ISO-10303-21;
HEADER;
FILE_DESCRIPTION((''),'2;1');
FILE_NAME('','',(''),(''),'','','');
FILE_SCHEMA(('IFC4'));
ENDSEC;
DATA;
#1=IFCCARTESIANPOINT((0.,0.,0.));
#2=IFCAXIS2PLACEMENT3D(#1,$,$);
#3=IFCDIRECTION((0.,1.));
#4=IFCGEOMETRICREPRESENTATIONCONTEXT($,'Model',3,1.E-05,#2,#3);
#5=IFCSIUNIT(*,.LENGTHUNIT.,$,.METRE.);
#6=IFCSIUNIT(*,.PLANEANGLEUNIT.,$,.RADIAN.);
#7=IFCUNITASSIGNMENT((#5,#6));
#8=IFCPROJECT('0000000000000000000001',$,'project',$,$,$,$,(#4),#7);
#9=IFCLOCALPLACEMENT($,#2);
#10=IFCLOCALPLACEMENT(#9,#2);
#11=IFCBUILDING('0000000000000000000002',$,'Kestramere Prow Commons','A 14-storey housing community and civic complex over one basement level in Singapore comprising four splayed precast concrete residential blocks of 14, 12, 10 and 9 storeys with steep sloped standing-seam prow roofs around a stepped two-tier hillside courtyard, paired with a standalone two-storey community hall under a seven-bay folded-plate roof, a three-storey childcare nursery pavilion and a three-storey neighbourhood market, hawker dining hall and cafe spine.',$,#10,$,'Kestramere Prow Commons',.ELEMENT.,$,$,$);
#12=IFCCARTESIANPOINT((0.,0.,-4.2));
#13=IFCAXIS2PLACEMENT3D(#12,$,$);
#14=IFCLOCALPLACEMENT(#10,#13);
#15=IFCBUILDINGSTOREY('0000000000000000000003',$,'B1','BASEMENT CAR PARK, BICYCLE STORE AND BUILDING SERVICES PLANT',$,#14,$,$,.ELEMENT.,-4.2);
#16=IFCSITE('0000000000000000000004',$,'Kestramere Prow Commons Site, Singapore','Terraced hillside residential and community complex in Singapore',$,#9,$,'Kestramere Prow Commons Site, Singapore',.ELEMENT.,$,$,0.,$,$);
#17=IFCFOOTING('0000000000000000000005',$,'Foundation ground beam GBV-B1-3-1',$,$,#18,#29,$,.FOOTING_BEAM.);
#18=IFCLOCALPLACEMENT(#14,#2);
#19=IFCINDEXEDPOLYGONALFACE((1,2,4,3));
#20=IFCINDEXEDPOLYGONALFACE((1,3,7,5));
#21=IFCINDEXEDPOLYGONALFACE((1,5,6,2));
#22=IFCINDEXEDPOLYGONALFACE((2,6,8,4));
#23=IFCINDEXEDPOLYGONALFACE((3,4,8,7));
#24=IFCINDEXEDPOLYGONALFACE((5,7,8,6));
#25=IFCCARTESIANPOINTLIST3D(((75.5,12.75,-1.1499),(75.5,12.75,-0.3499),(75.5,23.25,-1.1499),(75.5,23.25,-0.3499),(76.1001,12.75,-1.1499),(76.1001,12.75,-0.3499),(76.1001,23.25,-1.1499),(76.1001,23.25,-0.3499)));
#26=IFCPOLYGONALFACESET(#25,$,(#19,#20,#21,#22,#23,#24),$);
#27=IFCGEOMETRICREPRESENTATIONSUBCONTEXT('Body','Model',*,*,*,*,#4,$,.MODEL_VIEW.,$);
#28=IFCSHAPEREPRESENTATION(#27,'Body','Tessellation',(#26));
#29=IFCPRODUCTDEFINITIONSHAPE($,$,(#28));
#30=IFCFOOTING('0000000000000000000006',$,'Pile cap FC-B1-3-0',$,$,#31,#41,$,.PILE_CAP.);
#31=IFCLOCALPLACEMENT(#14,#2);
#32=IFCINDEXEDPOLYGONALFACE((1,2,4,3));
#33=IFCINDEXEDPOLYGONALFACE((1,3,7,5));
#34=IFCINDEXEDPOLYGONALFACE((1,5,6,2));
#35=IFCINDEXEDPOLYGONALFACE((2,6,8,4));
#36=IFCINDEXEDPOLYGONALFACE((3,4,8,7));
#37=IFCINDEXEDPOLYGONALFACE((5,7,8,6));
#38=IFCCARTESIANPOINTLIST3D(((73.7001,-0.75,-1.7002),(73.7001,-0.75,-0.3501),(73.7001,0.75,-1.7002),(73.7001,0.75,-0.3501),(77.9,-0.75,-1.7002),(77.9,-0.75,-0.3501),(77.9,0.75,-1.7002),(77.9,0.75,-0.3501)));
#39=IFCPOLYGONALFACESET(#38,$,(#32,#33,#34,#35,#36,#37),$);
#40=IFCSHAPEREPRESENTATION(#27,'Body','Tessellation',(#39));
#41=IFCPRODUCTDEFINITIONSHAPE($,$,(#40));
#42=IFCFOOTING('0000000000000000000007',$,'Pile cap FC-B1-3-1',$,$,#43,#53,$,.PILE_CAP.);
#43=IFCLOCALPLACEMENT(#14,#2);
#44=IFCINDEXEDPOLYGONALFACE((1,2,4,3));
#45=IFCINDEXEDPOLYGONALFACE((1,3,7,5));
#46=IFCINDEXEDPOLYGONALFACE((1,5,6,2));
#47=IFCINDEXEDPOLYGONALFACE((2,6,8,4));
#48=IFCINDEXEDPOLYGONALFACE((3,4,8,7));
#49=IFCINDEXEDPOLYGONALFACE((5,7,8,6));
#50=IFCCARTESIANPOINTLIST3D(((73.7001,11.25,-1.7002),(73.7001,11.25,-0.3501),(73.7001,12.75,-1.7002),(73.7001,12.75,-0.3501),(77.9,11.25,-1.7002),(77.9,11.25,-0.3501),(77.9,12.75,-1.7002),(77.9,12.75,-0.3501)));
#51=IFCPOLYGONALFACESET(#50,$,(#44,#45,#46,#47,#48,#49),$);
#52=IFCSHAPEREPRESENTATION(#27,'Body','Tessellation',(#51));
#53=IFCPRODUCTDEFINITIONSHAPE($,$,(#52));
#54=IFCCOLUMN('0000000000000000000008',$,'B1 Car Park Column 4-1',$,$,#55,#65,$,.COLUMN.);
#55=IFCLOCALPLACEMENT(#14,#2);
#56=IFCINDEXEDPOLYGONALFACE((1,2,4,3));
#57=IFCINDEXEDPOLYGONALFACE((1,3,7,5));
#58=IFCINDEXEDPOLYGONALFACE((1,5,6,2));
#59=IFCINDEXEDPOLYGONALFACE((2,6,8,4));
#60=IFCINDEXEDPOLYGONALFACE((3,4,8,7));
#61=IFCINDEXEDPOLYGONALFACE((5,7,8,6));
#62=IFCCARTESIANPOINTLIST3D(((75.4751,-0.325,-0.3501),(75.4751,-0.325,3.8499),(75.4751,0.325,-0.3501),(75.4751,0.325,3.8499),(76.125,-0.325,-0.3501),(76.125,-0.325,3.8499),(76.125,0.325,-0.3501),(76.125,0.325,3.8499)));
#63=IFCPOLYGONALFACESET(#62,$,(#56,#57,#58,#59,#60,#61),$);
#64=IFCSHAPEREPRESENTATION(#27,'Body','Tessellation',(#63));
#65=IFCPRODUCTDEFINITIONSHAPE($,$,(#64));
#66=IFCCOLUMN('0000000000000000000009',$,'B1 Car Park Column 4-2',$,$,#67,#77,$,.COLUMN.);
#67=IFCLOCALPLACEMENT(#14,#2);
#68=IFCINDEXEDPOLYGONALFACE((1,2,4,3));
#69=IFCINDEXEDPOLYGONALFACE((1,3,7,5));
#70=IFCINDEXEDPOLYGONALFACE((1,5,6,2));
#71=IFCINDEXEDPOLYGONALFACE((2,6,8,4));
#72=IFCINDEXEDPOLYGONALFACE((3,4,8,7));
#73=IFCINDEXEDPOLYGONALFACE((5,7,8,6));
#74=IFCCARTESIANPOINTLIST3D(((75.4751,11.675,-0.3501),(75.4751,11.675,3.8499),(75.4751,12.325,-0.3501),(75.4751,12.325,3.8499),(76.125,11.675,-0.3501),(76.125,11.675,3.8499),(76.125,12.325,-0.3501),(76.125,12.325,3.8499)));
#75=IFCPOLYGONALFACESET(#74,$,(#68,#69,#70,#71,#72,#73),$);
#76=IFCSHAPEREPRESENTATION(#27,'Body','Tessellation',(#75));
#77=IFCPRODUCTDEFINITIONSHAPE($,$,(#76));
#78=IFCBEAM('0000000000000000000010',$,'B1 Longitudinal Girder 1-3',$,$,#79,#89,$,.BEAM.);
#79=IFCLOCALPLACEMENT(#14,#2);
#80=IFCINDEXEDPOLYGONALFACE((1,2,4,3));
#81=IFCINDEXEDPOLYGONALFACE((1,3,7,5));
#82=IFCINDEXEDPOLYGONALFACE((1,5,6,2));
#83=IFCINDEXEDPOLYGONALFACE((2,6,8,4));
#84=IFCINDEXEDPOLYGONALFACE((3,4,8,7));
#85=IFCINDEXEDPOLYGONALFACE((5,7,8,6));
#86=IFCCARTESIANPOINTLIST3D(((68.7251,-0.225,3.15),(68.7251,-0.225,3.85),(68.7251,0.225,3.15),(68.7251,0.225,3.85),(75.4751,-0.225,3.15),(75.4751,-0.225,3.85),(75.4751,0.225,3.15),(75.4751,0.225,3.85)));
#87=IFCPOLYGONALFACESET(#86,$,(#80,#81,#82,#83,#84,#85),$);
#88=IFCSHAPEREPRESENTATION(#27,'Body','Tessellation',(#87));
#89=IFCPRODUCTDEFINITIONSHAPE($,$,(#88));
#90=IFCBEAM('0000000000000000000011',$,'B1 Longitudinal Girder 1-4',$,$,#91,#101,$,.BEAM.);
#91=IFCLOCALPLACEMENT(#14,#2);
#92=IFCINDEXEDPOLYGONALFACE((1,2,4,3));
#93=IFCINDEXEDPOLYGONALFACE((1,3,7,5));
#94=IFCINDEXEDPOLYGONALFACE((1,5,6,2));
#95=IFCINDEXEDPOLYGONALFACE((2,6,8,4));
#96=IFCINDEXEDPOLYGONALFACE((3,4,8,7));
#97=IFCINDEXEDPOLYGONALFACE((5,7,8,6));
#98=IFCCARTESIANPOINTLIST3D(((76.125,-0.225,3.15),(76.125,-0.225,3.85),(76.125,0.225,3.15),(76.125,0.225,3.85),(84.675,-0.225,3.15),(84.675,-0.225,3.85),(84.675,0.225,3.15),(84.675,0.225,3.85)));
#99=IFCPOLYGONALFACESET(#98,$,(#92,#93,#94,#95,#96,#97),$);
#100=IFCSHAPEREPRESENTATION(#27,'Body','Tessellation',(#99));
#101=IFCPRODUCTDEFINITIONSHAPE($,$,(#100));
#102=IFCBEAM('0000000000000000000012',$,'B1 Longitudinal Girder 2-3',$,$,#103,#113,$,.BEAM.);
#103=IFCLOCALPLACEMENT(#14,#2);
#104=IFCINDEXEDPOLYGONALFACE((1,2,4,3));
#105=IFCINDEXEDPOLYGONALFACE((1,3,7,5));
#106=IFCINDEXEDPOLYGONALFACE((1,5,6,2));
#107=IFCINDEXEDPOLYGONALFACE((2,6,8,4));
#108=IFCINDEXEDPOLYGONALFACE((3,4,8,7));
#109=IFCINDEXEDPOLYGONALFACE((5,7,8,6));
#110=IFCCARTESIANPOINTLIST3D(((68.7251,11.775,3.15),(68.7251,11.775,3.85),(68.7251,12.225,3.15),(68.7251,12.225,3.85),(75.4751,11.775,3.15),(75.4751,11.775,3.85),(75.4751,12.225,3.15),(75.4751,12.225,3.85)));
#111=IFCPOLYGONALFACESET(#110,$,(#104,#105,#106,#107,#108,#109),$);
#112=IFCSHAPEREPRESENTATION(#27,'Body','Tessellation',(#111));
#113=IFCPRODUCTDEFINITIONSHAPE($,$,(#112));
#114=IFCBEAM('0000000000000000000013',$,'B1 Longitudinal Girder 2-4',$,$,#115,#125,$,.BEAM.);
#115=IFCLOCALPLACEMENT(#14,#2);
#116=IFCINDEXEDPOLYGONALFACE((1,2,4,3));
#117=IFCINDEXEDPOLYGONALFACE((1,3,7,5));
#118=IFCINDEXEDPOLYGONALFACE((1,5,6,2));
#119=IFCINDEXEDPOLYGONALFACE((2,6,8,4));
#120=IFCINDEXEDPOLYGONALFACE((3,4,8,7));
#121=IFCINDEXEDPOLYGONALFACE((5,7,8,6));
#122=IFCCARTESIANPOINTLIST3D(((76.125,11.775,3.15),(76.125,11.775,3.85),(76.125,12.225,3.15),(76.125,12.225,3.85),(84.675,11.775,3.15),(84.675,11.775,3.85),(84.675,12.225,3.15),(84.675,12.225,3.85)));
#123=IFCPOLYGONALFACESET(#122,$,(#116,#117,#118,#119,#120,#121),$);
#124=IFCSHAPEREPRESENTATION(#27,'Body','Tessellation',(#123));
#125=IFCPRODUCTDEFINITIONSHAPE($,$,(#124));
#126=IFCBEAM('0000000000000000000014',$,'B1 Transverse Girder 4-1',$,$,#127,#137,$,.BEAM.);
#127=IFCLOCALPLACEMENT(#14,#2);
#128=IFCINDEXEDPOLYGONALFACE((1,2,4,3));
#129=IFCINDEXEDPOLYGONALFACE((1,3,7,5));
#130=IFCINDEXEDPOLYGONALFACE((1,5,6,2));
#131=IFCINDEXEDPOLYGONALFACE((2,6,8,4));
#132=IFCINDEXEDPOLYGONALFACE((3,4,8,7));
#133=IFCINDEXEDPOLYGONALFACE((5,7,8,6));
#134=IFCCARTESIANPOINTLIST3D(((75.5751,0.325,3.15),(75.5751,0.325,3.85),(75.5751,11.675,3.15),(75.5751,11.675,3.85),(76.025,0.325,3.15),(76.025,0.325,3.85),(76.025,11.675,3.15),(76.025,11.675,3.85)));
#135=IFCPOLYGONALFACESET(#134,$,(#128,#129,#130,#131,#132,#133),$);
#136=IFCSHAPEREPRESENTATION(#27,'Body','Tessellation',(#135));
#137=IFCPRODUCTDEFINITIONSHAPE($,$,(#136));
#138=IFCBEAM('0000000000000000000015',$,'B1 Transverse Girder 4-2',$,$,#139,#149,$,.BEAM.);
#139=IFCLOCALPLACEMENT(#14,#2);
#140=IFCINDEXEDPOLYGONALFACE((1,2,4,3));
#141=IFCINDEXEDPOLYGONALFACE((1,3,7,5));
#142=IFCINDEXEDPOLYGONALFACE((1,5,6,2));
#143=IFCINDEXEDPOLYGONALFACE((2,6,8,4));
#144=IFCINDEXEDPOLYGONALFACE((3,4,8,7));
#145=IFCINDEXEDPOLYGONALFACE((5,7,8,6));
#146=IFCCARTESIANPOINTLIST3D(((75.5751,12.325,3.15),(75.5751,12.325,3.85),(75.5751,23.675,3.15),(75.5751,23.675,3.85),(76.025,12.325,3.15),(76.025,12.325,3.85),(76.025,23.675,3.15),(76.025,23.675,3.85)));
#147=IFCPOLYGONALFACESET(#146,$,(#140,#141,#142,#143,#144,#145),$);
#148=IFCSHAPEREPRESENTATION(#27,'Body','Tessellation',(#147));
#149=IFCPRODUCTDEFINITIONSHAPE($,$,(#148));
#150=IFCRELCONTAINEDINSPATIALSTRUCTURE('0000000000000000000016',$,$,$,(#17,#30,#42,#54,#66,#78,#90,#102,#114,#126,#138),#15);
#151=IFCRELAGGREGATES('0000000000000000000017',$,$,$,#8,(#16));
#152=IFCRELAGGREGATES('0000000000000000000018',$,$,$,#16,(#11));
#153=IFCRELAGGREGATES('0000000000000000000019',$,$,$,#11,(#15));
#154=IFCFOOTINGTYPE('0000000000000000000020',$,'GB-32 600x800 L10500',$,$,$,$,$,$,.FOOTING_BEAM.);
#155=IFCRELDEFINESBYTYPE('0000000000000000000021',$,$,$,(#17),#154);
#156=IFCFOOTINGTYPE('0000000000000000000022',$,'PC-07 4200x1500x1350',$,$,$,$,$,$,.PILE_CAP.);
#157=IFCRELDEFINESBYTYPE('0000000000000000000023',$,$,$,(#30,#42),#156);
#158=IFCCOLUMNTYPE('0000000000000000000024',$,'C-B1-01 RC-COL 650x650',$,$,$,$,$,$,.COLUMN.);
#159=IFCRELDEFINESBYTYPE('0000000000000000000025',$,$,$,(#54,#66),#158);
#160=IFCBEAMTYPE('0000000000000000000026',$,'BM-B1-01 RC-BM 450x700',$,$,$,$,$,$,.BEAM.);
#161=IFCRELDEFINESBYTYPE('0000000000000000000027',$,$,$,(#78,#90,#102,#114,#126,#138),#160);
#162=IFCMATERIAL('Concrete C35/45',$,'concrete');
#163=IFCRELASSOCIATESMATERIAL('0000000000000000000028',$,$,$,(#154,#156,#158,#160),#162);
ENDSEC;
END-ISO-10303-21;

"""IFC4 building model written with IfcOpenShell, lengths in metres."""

from ifc_helpers import new_model, si_unit, direction, frame, origin, origin_2d, place, context, subcontext, project, spatial, rectangle, extrude, material, material_profile, profile_set, type_object, element, save


model = new_model("IFC4")

# Units and contexts
model_context = context("Model", 3, precision=1e-05, world=origin(), true_north=direction((0.0, 1.0)))
body_context = subcontext(model_context, "Body", "Model", "MODEL_VIEW")
ifc_project = project(units=[si_unit("LENGTHUNIT", "METRE"), si_unit("PLANEANGLEUNIT", "RADIAN")], contexts=[model_context])

# Site, building, storey
site_placement = place(None, origin())
site = spatial("IfcSite", under=ifc_project, at=site_placement, Name="Kestramere Prow Commons Site, Singapore", Description="Terraced hillside residential and community complex in Singapore", LongName="Kestramere Prow Commons Site, Singapore", CompositionType="ELEMENT", RefElevation=0.0)
building_placement = place(site_placement, origin())
building = spatial("IfcBuilding", under=site, at=building_placement, Name="Kestramere Prow Commons", Description="A 14-storey housing community and civic complex over one basement level in Singapore comprising four splayed precast concrete residential blocks of 14, 12, 10 and 9 storeys with steep sloped standing-seam prow roofs around a stepped two-tier hillside courtyard, paired with a standalone two-storey community hall under a seven-bay folded-plate roof, a three-storey childcare nursery pavilion and a three-storey neighbourhood market, hawker dining hall and cafe spine.", LongName="Kestramere Prow Commons", CompositionType="ELEMENT")
storey_placement = place(building_placement, frame((0.0, 0.0, -4.2)))
storey = spatial("IfcBuildingStorey", under=building, at=storey_placement, Name="B1", Description="BASEMENT CAR PARK, BICYCLE STORE AND BUILDING SERVICES PLANT", CompositionType="ELEMENT", Elevation=-4.2)

# Shared definitions
ifc_material = material(Name="Concrete C35/45", Category="concrete")

# Footings
footing_type_1 = type_object("IfcFootingType", Name="GB-32 600x800 L10500", PredefinedType="FOOTING_BEAM", material=ifc_material)
for number, where, z_axis, x_axis, name in (
    (1, (75.8, 18.0, -1.1499), (0.0, 0.0, 1.0), (0.0, 1.0, 0.0), "Foundation ground beam GBV-B1-3-1"),
):
    element("IfcFooting", number, at=place(storey_placement, frame(where, z_axis=z_axis, x_axis=x_axis)), inside=storey, type_object=footing_type_1, Name=name, PredefinedType="FOOTING_BEAM", context=body_context, shape_type="SweptSolid", body=[
        extrude(rectangle(XDim=10.5, YDim=0.6001, at=origin_2d()), origin(), (0.0, 0.0, 1.0), 0.8),
    ])
footing_type_2 = type_object("IfcFootingType", Name="PC-07 4200x1500x1350", PredefinedType="PILE_CAP", material=ifc_material)
for number, where, z_axis, x_axis, name in (
    (2, (75.8, 0.0, -1.7002), (0.0, 0.0, 1.0), (1.0, 0.0, 0.0), "Pile cap FC-B1-3-0"),
    (3, (75.8, 12.0, -1.7002), (0.0, 0.0, 1.0), (1.0, 0.0, 0.0), "Pile cap FC-B1-3-1"),
):
    element("IfcFooting", number, at=place(storey_placement, frame(where, z_axis=z_axis, x_axis=x_axis)), inside=storey, type_object=footing_type_2, Name=name, PredefinedType="PILE_CAP", context=body_context, shape_type="SweptSolid", body=[
        extrude(rectangle(XDim=4.2, YDim=1.5, at=origin_2d()), origin(), (0.0, 0.0, 1.0), 1.3501),
    ])

# Columns
ifc_material_profile_1 = material_profile(ifc_material, rectangle(XDim=0.6499, YDim=0.6499, at=origin_2d()), Name="RC-COL 650x650")
ifc_profile_set_1 = profile_set([ifc_material_profile_1], Name="Concrete C35/45")
column_type = type_object("IfcColumnType", Name="C-B1-01 RC-COL 650x650", PredefinedType="COLUMN", material=ifc_profile_set_1)
for number, where, z_axis, x_axis, name in (
    (4, (75.8, 0.0, -0.3501), (0.0, 0.0, 1.0), (1.0, 0.0, 0.0), "B1 Car Park Column 4-1"),
    (5, (75.8, 12.0, -0.3501), (0.0, 0.0, 1.0), (1.0, 0.0, 0.0), "B1 Car Park Column 4-2"),
):
    element("IfcColumn", number, at=place(storey_placement, frame(where, z_axis=z_axis, x_axis=x_axis)), inside=storey, type_object=column_type, Name=name, PredefinedType="COLUMN", context=body_context, shape_type="SweptSolid", body=[
        extrude(rectangle(XDim=0.6499, YDim=0.6499, at=origin_2d()), origin(), (0.0, 0.0, 1.0), 4.2),
    ])

# Beams
ifc_material_profile_2 = material_profile(ifc_material, rectangle(XDim=0.45, YDim=0.7, at=origin_2d()), Name="RC-BM 450x700")
ifc_profile_set_2 = profile_set([ifc_material_profile_2], Name="Concrete C35/45")
beam_type = type_object("IfcBeamType", Name="BM-B1-01 RC-BM 450x700", PredefinedType="BEAM", material=ifc_profile_set_2)
beam_1_placement = place(storey_placement, frame((68.7251, 0.0, 3.5), z_axis=(1.0, 0.0, 0.0), x_axis=(0.0, 1.0, 0.0)))
element("IfcBeam", 6, at=beam_1_placement, inside=storey, type_object=beam_type, Name="B1 Longitudinal Girder 1-3", PredefinedType="BEAM", context=body_context, shape_type="SweptSolid", body=[
    extrude(rectangle(XDim=0.45, YDim=0.7, at=origin_2d()), origin(), (0.0, 0.0, 1.0), 6.75),
])
beam_2_placement = place(storey_placement, frame((76.125, 0.0, 3.5), z_axis=(1.0, 0.0, 0.0), x_axis=(0.0, 1.0, 0.0)))
element("IfcBeam", 7, at=beam_2_placement, inside=storey, type_object=beam_type, Name="B1 Longitudinal Girder 1-4", PredefinedType="BEAM", context=body_context, shape_type="SweptSolid", body=[
    extrude(rectangle(XDim=0.45, YDim=0.7, at=origin_2d()), origin(), (0.0, 0.0, 1.0), 8.55),
])
beam_3_placement = place(storey_placement, frame((68.7251, 12.0, 3.5), z_axis=(1.0, 0.0, 0.0), x_axis=(0.0, 1.0, 0.0)))
element("IfcBeam", 8, at=beam_3_placement, inside=storey, type_object=beam_type, Name="B1 Longitudinal Girder 2-3", PredefinedType="BEAM", context=body_context, shape_type="SweptSolid", body=[
    extrude(rectangle(XDim=0.45, YDim=0.7, at=origin_2d()), origin(), (0.0, 0.0, 1.0), 6.75),
])
beam_4_placement = place(storey_placement, frame((76.125, 12.0, 3.5), z_axis=(1.0, 0.0, 0.0), x_axis=(0.0, 1.0, 0.0)))
element("IfcBeam", 9, at=beam_4_placement, inside=storey, type_object=beam_type, Name="B1 Longitudinal Girder 2-4", PredefinedType="BEAM", context=body_context, shape_type="SweptSolid", body=[
    extrude(rectangle(XDim=0.45, YDim=0.7, at=origin_2d()), origin(), (0.0, 0.0, 1.0), 8.55),
])
for number, where, z_axis, x_axis, name in (
    (10, (75.8, 0.325, 3.5), (0.0, 1.0, 0.0), (-1.0, 0.0, 0.0), "B1 Transverse Girder 4-1"),
    (11, (75.8, 12.325, 3.5), (0.0, 1.0, 0.0), (-1.0, 0.0, 0.0), "B1 Transverse Girder 4-2"),
):
    element("IfcBeam", number, at=place(storey_placement, frame(where, z_axis=z_axis, x_axis=x_axis)), inside=storey, type_object=beam_type, Name=name, PredefinedType="BEAM", context=body_context, shape_type="SweptSolid", body=[
        extrude(rectangle(XDim=0.45, YDim=0.7, at=origin_2d()), origin(), (0.0, 0.0, 1.0), 11.3501),
    ])

save(model, "model.ifc")
